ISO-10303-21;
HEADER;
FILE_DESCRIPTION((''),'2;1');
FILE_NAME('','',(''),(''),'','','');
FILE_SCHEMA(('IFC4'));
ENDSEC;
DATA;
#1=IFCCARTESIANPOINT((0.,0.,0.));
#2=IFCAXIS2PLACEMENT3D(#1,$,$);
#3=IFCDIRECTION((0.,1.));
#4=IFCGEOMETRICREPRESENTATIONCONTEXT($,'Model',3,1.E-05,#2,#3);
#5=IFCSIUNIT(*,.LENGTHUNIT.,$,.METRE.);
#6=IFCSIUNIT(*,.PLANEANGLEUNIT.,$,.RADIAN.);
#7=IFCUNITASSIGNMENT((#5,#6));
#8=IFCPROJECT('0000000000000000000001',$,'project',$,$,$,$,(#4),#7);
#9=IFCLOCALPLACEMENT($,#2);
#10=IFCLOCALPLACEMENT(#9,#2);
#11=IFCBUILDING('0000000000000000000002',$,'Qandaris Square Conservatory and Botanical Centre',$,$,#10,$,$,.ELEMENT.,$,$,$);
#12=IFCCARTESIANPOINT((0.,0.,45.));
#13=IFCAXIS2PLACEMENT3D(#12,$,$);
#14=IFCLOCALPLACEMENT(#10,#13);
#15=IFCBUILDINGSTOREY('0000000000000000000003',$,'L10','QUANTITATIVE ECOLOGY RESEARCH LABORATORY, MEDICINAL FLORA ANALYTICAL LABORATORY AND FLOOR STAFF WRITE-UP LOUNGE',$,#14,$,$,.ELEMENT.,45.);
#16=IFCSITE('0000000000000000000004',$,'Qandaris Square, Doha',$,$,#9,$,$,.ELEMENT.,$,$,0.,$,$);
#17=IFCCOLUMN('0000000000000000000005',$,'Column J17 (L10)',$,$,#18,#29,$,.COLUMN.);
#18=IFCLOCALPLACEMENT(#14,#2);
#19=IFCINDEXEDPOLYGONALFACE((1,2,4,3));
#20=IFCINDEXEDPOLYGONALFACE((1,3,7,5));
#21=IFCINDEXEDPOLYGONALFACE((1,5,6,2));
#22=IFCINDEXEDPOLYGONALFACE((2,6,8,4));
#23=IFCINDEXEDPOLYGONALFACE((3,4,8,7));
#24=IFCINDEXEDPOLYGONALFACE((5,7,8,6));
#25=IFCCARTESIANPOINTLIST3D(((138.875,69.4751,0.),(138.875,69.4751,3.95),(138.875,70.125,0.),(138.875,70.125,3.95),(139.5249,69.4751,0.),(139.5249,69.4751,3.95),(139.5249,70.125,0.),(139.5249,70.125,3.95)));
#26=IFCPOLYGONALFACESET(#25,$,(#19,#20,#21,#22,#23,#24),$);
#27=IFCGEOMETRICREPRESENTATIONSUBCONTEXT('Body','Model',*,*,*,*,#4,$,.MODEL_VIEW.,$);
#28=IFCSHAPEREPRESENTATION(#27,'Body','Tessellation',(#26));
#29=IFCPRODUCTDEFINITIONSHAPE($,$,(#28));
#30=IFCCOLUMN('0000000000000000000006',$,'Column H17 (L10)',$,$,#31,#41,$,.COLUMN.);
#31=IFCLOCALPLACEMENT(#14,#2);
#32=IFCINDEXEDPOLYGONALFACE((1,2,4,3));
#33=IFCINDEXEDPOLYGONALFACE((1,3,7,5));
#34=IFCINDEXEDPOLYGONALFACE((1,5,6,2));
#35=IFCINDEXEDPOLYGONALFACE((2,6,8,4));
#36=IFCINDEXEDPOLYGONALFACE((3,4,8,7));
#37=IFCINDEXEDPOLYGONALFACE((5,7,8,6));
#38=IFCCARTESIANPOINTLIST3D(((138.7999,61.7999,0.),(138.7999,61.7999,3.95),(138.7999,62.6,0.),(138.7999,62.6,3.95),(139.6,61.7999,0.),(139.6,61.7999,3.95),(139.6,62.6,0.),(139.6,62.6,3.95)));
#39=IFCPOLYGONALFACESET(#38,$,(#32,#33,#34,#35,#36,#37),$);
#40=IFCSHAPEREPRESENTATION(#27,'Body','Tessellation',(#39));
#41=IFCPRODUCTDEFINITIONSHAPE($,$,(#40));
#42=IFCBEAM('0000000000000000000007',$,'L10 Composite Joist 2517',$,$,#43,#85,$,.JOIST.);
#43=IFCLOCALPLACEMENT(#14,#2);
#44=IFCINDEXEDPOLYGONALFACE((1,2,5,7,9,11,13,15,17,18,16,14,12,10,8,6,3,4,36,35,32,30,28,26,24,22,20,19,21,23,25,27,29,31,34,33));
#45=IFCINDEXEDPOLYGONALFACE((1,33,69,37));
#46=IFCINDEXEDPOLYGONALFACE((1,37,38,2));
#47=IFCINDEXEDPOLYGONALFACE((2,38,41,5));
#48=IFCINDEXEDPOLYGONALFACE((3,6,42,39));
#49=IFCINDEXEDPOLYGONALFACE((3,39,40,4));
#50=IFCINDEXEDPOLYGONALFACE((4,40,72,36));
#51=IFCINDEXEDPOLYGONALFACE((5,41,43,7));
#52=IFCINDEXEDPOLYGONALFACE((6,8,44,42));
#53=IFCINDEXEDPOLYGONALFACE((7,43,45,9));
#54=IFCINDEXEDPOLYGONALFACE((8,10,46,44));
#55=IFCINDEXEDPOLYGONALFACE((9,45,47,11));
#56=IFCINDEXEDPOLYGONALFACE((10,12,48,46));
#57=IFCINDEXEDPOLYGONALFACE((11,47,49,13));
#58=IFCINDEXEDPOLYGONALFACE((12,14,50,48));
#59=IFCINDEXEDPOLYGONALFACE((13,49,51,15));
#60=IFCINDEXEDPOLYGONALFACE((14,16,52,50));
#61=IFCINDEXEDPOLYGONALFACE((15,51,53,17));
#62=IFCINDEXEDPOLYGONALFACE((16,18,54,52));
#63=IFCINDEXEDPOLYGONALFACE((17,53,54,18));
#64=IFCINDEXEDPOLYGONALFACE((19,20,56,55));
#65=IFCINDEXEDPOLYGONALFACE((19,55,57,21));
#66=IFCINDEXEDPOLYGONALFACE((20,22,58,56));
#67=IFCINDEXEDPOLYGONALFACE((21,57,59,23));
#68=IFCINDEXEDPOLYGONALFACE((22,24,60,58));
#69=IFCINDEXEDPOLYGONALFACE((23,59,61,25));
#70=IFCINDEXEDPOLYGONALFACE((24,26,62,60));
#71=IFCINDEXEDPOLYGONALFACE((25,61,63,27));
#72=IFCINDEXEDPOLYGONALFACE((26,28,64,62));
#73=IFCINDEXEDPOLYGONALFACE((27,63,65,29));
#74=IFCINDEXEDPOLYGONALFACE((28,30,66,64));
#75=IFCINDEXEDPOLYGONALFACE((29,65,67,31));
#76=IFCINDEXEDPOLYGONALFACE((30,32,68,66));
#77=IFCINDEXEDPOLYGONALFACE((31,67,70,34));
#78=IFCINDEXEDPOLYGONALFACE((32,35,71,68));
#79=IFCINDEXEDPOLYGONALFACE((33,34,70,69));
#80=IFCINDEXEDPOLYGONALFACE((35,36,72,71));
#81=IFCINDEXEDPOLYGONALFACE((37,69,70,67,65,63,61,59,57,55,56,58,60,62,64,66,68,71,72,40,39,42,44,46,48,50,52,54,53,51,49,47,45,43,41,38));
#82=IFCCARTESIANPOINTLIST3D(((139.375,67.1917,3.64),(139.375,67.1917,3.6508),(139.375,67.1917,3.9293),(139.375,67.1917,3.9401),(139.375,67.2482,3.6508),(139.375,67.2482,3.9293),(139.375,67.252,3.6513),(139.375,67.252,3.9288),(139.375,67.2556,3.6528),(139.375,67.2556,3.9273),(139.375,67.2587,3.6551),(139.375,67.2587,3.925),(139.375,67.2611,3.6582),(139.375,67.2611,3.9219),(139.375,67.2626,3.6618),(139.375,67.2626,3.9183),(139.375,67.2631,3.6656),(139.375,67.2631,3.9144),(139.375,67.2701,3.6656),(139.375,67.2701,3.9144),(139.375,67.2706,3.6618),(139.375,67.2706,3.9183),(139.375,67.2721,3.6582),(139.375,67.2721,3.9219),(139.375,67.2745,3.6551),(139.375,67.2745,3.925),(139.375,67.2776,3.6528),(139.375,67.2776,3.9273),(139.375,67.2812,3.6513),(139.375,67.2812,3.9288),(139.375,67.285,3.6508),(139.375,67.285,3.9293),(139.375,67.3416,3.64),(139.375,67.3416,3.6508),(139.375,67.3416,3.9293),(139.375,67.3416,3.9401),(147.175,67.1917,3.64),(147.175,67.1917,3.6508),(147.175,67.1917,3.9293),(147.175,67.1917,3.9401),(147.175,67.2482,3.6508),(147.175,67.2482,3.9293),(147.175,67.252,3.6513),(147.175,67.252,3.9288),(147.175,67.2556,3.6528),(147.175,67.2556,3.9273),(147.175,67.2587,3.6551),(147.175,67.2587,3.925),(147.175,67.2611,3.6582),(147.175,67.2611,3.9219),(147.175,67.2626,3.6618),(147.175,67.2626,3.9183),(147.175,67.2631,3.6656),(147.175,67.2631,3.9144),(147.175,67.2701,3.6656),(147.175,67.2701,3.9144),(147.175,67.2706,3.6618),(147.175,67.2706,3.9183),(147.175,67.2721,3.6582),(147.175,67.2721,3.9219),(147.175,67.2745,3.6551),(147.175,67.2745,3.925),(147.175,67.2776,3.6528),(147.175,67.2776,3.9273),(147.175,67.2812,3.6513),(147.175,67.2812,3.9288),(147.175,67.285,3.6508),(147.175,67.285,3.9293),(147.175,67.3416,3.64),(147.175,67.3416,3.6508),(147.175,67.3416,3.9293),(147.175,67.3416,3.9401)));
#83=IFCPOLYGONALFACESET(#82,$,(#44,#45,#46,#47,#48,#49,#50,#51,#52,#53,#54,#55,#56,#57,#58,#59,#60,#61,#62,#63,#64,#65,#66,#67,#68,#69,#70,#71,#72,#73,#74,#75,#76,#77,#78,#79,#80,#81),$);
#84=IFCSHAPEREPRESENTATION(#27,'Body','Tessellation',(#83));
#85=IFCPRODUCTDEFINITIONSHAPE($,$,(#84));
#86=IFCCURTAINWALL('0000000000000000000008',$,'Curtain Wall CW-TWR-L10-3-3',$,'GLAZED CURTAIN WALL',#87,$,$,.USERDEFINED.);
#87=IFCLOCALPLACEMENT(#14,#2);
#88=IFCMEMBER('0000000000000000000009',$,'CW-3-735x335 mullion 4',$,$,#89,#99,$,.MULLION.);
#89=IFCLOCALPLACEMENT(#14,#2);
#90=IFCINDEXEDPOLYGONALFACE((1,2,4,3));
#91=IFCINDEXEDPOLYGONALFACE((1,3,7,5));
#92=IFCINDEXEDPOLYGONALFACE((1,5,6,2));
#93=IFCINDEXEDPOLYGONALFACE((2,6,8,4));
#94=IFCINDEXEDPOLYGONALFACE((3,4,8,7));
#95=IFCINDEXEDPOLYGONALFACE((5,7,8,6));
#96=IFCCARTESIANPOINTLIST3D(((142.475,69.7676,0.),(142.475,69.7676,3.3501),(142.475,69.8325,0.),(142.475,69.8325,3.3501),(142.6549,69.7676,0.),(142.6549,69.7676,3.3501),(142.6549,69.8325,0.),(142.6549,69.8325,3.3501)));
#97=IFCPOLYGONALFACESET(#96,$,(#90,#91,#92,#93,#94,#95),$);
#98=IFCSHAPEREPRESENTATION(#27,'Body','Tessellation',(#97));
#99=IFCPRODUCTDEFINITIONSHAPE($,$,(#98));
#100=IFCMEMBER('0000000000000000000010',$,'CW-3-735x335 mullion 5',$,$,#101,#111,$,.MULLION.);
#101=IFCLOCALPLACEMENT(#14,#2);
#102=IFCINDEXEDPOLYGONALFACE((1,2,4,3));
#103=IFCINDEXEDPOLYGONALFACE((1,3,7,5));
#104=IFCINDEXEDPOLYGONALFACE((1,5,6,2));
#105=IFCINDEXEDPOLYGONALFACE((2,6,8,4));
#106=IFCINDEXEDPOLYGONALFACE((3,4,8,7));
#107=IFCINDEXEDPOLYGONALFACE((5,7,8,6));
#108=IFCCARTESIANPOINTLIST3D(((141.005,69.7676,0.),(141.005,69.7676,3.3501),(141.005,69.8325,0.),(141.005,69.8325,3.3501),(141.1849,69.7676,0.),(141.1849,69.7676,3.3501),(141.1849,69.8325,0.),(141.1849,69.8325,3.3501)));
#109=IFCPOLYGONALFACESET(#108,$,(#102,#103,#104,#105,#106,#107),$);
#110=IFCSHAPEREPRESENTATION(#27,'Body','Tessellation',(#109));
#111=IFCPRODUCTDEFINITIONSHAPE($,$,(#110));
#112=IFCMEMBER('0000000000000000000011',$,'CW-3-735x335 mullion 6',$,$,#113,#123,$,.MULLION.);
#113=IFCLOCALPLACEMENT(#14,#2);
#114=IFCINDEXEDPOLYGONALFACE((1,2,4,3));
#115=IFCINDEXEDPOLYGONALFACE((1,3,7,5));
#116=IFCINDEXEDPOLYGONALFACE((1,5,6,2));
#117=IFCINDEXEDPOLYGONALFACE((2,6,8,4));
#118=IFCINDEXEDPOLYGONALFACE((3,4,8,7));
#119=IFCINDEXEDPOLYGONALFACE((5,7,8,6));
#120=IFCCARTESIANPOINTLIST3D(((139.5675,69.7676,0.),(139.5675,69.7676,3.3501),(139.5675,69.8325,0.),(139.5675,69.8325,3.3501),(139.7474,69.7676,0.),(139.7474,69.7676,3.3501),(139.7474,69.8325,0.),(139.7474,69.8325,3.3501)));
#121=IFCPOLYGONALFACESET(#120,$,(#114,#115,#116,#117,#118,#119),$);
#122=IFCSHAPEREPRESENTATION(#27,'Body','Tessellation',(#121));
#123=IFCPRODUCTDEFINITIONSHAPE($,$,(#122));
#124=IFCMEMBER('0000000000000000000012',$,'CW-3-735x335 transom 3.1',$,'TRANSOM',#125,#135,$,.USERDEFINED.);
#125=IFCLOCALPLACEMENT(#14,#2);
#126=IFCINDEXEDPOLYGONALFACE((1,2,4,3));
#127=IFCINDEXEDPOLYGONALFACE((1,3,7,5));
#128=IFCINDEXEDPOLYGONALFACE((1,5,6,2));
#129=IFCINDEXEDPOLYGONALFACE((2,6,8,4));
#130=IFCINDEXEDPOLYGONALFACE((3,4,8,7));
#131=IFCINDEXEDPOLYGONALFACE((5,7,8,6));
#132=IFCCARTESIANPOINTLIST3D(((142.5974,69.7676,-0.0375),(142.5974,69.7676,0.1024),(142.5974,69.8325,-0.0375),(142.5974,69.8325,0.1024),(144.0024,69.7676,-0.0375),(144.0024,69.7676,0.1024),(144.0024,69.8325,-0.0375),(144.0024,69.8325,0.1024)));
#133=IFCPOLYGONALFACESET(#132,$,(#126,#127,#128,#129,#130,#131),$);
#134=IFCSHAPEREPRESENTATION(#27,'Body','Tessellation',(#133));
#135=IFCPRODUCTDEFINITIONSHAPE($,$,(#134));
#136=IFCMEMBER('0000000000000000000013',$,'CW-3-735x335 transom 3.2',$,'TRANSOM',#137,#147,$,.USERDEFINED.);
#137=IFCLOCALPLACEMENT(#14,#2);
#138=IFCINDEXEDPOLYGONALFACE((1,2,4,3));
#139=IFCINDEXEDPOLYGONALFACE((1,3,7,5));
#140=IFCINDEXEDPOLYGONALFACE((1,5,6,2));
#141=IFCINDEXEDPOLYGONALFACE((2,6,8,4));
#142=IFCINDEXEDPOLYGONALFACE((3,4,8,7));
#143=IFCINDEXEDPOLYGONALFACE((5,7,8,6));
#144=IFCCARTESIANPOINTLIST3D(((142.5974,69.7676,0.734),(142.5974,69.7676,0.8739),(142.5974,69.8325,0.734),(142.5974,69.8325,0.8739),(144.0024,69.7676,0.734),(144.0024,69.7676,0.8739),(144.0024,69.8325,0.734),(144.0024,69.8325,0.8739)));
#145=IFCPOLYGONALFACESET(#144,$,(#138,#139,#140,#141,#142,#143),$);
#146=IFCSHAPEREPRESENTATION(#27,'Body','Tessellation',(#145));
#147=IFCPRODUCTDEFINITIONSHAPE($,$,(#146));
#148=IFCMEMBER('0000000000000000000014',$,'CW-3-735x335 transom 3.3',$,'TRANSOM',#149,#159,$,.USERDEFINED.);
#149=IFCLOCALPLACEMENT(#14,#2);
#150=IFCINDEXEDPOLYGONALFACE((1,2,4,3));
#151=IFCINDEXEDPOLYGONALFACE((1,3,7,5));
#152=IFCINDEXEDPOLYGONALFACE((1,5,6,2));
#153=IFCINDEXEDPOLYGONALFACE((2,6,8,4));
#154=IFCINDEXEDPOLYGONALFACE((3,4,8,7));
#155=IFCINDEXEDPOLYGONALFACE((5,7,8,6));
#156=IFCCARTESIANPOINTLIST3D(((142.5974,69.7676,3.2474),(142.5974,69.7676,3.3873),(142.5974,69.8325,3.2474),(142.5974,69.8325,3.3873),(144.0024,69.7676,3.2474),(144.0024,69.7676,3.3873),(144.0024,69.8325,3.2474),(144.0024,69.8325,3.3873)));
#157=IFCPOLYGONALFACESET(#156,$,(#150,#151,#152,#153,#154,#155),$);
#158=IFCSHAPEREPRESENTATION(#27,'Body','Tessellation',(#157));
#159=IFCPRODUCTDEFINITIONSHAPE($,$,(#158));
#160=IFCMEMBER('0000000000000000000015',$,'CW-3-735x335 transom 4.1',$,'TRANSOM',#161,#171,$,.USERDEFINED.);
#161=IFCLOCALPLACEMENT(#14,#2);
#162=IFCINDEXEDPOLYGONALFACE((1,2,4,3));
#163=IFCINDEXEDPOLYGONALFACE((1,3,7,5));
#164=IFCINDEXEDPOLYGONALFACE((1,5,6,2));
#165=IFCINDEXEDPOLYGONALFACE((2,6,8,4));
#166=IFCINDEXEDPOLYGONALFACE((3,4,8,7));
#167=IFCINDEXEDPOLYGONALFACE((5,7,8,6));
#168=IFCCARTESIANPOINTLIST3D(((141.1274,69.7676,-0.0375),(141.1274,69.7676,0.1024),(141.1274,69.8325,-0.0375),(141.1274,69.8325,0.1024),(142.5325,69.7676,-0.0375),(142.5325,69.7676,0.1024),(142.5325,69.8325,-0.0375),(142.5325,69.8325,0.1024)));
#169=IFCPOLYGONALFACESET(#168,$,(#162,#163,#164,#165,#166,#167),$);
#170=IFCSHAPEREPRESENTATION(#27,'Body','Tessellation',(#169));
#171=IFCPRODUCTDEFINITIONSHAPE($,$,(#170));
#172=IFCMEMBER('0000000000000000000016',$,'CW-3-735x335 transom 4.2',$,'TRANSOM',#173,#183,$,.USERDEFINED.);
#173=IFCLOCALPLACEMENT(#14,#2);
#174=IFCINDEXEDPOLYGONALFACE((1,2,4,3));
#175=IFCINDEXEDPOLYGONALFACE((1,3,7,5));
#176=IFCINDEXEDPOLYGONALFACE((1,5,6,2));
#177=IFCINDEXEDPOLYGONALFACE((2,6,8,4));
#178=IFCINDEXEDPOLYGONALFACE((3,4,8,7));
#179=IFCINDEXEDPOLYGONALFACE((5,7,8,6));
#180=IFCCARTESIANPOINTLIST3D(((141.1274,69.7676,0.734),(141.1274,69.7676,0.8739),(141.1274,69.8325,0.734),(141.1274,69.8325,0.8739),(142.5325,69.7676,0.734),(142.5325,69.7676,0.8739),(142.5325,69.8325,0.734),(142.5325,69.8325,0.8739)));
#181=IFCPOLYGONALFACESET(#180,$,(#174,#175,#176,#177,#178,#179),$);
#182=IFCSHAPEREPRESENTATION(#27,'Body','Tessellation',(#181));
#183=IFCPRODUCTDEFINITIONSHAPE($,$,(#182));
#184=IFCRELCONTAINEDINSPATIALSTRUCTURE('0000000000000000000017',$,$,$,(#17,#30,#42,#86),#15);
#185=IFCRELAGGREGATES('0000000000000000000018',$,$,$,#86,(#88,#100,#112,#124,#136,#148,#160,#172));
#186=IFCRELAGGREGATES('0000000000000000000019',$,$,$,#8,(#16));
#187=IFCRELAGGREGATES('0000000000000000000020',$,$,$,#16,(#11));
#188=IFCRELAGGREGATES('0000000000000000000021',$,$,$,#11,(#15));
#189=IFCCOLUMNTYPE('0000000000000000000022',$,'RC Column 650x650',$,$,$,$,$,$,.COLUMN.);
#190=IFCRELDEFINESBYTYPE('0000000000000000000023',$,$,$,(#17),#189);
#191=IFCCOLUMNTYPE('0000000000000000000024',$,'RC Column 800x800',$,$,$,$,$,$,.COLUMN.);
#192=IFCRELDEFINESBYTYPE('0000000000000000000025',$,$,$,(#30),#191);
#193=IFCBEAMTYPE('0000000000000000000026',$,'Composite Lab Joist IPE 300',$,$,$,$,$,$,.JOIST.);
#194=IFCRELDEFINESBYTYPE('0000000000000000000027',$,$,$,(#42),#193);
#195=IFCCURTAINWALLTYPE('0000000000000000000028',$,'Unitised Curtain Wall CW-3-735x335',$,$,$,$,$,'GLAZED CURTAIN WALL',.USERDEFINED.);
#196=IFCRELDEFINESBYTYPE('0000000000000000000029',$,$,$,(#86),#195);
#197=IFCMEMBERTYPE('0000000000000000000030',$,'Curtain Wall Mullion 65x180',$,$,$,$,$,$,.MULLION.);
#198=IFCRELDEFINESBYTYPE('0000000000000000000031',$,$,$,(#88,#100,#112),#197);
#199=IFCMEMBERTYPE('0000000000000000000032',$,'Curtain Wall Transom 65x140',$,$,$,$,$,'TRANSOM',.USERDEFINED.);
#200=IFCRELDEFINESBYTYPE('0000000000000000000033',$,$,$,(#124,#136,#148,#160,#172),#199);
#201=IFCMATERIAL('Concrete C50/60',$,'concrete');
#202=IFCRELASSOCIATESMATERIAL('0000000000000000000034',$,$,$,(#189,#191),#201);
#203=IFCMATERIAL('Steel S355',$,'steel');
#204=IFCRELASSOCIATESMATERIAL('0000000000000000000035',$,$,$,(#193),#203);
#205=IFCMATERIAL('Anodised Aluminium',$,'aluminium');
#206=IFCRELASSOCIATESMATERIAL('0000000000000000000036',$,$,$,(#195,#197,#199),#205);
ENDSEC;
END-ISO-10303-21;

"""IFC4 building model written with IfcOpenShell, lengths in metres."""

from ifc_helpers import new_model, si_unit, direction, frame, origin, origin_2d, place, context, subcontext, project, spatial, rectangle, i_section, extrude, material, material_profile, profile_set, type_object, element, aggregate, save


model = new_model("IFC4")

# Units and contexts
model_context = context("Model", 3, precision=1e-05, world=origin(), true_north=direction((0.0, 1.0)))
body_context = subcontext(model_context, "Body", "Model", "MODEL_VIEW")
ifc_project = project(units=[si_unit("LENGTHUNIT", "METRE"), si_unit("PLANEANGLEUNIT", "RADIAN")], contexts=[model_context])

# Site, building, storey
site_placement = place(None, origin())
site = spatial("IfcSite", under=ifc_project, at=site_placement, Name="Qandaris Square, Doha", CompositionType="ELEMENT", RefElevation=0.0)
building_placement = place(site_placement, origin())
building = spatial("IfcBuilding", under=site, at=building_placement, Name="Qandaris Square Conservatory and Botanical Centre", CompositionType="ELEMENT")
storey_placement = place(building_placement, frame((0.0, 0.0, 45.0)))
storey = spatial("IfcBuildingStorey", under=building, at=storey_placement, Name="L10", Description="QUANTITATIVE ECOLOGY RESEARCH LABORATORY, MEDICINAL FLORA ANALYTICAL LABORATORY AND FLOOR STAFF WRITE-UP LOUNGE", CompositionType="ELEMENT", Elevation=45.0)

# Columns
ifc_material_1 = material(Name="Concrete C50/60", Category="concrete")
ifc_material_profile_1 = material_profile(ifc_material_1, rectangle(XDim=0.6499, YDim=0.6499, at=origin_2d()), Name="RC-COL 650x650")
ifc_profile_set_1 = profile_set([ifc_material_profile_1], Name="Concrete C50/60")
column_type_1 = type_object("IfcColumnType", Name="RC Column 650x650", PredefinedType="COLUMN", material=ifc_profile_set_1)
column_1_placement = place(storey_placement, frame((139.2, 69.8, 0.0), z_axis=(0.0, 0.0, 1.0), x_axis=(1.0, 0.0, 0.0)))
element("IfcColumn", 1, at=column_1_placement, inside=storey, type_object=column_type_1, Name="Column J17 (L10)", PredefinedType="COLUMN", context=body_context, shape_type="SweptSolid", body=[
    extrude(rectangle(XDim=0.6499, YDim=0.6499, at=origin_2d()), origin(), (0.0, 0.0, 1.0), 3.95),
])
ifc_material_profile_2 = material_profile(ifc_material_1, rectangle(XDim=0.8, YDim=0.8, at=origin_2d()), Name="RC-COL 800x800")
ifc_profile_set_2 = profile_set([ifc_material_profile_2], Name="Concrete C50/60")
column_type_2 = type_object("IfcColumnType", Name="RC Column 800x800", PredefinedType="COLUMN", material=ifc_profile_set_2)
column_2_placement = place(storey_placement, frame((139.2, 62.2, 0.0), z_axis=(0.0, 0.0, 1.0), x_axis=(1.0, 0.0, 0.0)))
element("IfcColumn", 2, at=column_2_placement, inside=storey, type_object=column_type_2, Name="Column H17 (L10)", PredefinedType="COLUMN", context=body_context, shape_type="SweptSolid", body=[
    extrude(rectangle(XDim=0.8, YDim=0.8, at=origin_2d()), origin(), (0.0, 0.0, 1.0), 3.95),
])

# Beam
ifc_material_2 = material(Name="Steel S355", Category="steel")
ifc_material_profile_3 = material_profile(ifc_material_2, i_section(OverallWidth=0.1499, OverallDepth=0.3, WebThickness=0.0071, FlangeThickness=0.0107, FilletRadius=0.0149, at=origin_2d()), Name="IPE 300")
ifc_profile_set_3 = profile_set([ifc_material_profile_3], Name="Steel S355")
beam_type_1 = type_object("IfcBeamType", Name="Composite Lab Joist IPE 300", PredefinedType="JOIST", material=ifc_profile_set_3)
beam_1_placement = place(storey_placement, frame((139.375, 67.2666, 3.79), z_axis=(1.0, 0.0, 0.0), x_axis=(0.0, 1.0, 0.0)))
element("IfcBeam", 3, at=beam_1_placement, inside=storey, type_object=beam_type_1, Name="L10 Composite Joist 2517", PredefinedType="JOIST", context=body_context, shape_type="SweptSolid", body=[
    extrude(i_section(OverallWidth=0.1499, OverallDepth=0.3, WebThickness=0.0071, FlangeThickness=0.0107, FilletRadius=0.0149, at=origin_2d()), origin(), (0.0, 0.0, 1.0), 7.8),
])

# Curtain wall, members
ifc_material_3 = material(Name="Anodised Aluminium", Category="aluminium")
curtain_wall_type = type_object("IfcCurtainWallType", Name="Unitised Curtain Wall CW-3-735x335", ElementType="GLAZED CURTAIN WALL", PredefinedType="USERDEFINED", material=ifc_material_3)
curtain_wall_placement = place(storey_placement, origin())
curtain_wall = element("IfcCurtainWall", 4, at=curtain_wall_placement, inside=storey, type_object=curtain_wall_type, Name="Curtain Wall CW-TWR-L10-3-3", ObjectType="GLAZED CURTAIN WALL", PredefinedType="USERDEFINED")
ifc_material_profile_4 = material_profile(ifc_material_3, rectangle(XDim=0.0649, YDim=0.1799, at=origin_2d()), Name="ALU-MUL 65x180")
ifc_profile_set_4 = profile_set([ifc_material_profile_4], Name="Anodised Aluminium")
member_type_1 = type_object("IfcMemberType", Name="Curtain Wall Mullion 65x180", PredefinedType="MULLION", material=ifc_profile_set_4)
member_1_placement = place(storey_placement, frame((142.5649, 69.8, 0.0), z_axis=(0.0, 0.0, 1.0), x_axis=(0.0, -1.0, 0.0)))
member_1 = element("IfcMember", 5, at=member_1_placement, type_object=member_type_1, Name="CW-3-735x335 mullion 4", PredefinedType="MULLION", context=body_context, shape_type="SweptSolid", body=[
    extrude(rectangle(XDim=0.0649, YDim=0.1799, at=origin_2d()), origin(), (0.0, 0.0, 1.0), 3.3501),
])
member_2_placement = place(storey_placement, frame((141.095, 69.8, 0.0), z_axis=(0.0, 0.0, 1.0), x_axis=(0.0, -1.0, 0.0)))
member_2 = element("IfcMember", 6, at=member_2_placement, type_object=member_type_1, Name="CW-3-735x335 mullion 5", PredefinedType="MULLION", context=body_context, shape_type="SweptSolid", body=[
    extrude(rectangle(XDim=0.0649, YDim=0.1799, at=origin_2d()), origin(), (0.0, 0.0, 1.0), 3.3501),
])
member_3_placement = place(storey_placement, frame((139.6575, 69.8, 0.0), z_axis=(0.0, 0.0, 1.0), x_axis=(0.0, -1.0, 0.0)))
member_3 = element("IfcMember", 7, at=member_3_placement, type_object=member_type_1, Name="CW-3-735x335 mullion 6", PredefinedType="MULLION", context=body_context, shape_type="SweptSolid", body=[
    extrude(rectangle(XDim=0.0649, YDim=0.1799, at=origin_2d()), origin(), (0.0, 0.0, 1.0), 3.3501),
])
ifc_material_profile_5 = material_profile(ifc_material_3, rectangle(XDim=0.0649, YDim=0.1399, at=origin_2d()), Name="ALU-TRN 65x140")
ifc_profile_set_5 = profile_set([ifc_material_profile_5], Name="Anodised Aluminium")
member_type_2 = type_object("IfcMemberType", Name="Curtain Wall Transom 65x140", ElementType="TRANSOM", PredefinedType="USERDEFINED", material=ifc_profile_set_5)
member_4_placement = place(storey_placement, frame((144.0024, 69.8, 0.0325), z_axis=(-1.0, 0.0, 0.0), x_axis=(0.0, -1.0, 0.0)))
member_4 = element("IfcMember", 8, at=member_4_placement, type_object=member_type_2, Name="CW-3-735x335 transom 3.1", ObjectType="TRANSOM", PredefinedType="USERDEFINED", context=body_context, shape_type="SweptSolid", body=[
    extrude(rectangle(XDim=0.0649, YDim=0.1399, at=origin_2d()), origin(), (0.0, 0.0, 1.0), 1.405),
])
member_5_placement = place(storey_placement, frame((144.0024, 69.8, 0.804), z_axis=(-1.0, 0.0, 0.0), x_axis=(0.0, -1.0, 0.0)))
member_5 = element("IfcMember", 9, at=member_5_placement, type_object=member_type_2, Name="CW-3-735x335 transom 3.2", ObjectType="TRANSOM", PredefinedType="USERDEFINED", context=body_context, shape_type="SweptSolid", body=[
    extrude(rectangle(XDim=0.0649, YDim=0.1399, at=origin_2d()), origin(), (0.0, 0.0, 1.0), 1.405),
])
member_6_placement = place(storey_placement, frame((144.0024, 69.8, 3.3174), z_axis=(-1.0, 0.0, 0.0), x_axis=(0.0, -1.0, 0.0)))
member_6 = element("IfcMember", 10, at=member_6_placement, type_object=member_type_2, Name="CW-3-735x335 transom 3.3", ObjectType="TRANSOM", PredefinedType="USERDEFINED", context=body_context, shape_type="SweptSolid", body=[
    extrude(rectangle(XDim=0.0649, YDim=0.1399, at=origin_2d()), origin(), (0.0, 0.0, 1.0), 1.405),
])
member_7_placement = place(storey_placement, frame((142.5325, 69.8, 0.0325), z_axis=(-1.0, 0.0, 0.0), x_axis=(0.0, -1.0, 0.0)))
member_7 = element("IfcMember", 11, at=member_7_placement, type_object=member_type_2, Name="CW-3-735x335 transom 4.1", ObjectType="TRANSOM", PredefinedType="USERDEFINED", context=body_context, shape_type="SweptSolid", body=[
    extrude(rectangle(XDim=0.0649, YDim=0.1399, at=origin_2d()), origin(), (0.0, 0.0, 1.0), 1.405),
])
member_8_placement = place(storey_placement, frame((142.5325, 69.8, 0.804), z_axis=(-1.0, 0.0, 0.0), x_axis=(0.0, -1.0, 0.0)))
member_8 = element("IfcMember", 12, at=member_8_placement, type_object=member_type_2, Name="CW-3-735x335 transom 4.2", ObjectType="TRANSOM", PredefinedType="USERDEFINED", context=body_context, shape_type="SweptSolid", body=[
    extrude(rectangle(XDim=0.0649, YDim=0.1399, at=origin_2d()), origin(), (0.0, 0.0, 1.0), 1.405),
])

aggregate(curtain_wall, [member_1, member_2, member_3, member_4, member_5, member_6, member_7, member_8])

save(model, "model.ifc")
